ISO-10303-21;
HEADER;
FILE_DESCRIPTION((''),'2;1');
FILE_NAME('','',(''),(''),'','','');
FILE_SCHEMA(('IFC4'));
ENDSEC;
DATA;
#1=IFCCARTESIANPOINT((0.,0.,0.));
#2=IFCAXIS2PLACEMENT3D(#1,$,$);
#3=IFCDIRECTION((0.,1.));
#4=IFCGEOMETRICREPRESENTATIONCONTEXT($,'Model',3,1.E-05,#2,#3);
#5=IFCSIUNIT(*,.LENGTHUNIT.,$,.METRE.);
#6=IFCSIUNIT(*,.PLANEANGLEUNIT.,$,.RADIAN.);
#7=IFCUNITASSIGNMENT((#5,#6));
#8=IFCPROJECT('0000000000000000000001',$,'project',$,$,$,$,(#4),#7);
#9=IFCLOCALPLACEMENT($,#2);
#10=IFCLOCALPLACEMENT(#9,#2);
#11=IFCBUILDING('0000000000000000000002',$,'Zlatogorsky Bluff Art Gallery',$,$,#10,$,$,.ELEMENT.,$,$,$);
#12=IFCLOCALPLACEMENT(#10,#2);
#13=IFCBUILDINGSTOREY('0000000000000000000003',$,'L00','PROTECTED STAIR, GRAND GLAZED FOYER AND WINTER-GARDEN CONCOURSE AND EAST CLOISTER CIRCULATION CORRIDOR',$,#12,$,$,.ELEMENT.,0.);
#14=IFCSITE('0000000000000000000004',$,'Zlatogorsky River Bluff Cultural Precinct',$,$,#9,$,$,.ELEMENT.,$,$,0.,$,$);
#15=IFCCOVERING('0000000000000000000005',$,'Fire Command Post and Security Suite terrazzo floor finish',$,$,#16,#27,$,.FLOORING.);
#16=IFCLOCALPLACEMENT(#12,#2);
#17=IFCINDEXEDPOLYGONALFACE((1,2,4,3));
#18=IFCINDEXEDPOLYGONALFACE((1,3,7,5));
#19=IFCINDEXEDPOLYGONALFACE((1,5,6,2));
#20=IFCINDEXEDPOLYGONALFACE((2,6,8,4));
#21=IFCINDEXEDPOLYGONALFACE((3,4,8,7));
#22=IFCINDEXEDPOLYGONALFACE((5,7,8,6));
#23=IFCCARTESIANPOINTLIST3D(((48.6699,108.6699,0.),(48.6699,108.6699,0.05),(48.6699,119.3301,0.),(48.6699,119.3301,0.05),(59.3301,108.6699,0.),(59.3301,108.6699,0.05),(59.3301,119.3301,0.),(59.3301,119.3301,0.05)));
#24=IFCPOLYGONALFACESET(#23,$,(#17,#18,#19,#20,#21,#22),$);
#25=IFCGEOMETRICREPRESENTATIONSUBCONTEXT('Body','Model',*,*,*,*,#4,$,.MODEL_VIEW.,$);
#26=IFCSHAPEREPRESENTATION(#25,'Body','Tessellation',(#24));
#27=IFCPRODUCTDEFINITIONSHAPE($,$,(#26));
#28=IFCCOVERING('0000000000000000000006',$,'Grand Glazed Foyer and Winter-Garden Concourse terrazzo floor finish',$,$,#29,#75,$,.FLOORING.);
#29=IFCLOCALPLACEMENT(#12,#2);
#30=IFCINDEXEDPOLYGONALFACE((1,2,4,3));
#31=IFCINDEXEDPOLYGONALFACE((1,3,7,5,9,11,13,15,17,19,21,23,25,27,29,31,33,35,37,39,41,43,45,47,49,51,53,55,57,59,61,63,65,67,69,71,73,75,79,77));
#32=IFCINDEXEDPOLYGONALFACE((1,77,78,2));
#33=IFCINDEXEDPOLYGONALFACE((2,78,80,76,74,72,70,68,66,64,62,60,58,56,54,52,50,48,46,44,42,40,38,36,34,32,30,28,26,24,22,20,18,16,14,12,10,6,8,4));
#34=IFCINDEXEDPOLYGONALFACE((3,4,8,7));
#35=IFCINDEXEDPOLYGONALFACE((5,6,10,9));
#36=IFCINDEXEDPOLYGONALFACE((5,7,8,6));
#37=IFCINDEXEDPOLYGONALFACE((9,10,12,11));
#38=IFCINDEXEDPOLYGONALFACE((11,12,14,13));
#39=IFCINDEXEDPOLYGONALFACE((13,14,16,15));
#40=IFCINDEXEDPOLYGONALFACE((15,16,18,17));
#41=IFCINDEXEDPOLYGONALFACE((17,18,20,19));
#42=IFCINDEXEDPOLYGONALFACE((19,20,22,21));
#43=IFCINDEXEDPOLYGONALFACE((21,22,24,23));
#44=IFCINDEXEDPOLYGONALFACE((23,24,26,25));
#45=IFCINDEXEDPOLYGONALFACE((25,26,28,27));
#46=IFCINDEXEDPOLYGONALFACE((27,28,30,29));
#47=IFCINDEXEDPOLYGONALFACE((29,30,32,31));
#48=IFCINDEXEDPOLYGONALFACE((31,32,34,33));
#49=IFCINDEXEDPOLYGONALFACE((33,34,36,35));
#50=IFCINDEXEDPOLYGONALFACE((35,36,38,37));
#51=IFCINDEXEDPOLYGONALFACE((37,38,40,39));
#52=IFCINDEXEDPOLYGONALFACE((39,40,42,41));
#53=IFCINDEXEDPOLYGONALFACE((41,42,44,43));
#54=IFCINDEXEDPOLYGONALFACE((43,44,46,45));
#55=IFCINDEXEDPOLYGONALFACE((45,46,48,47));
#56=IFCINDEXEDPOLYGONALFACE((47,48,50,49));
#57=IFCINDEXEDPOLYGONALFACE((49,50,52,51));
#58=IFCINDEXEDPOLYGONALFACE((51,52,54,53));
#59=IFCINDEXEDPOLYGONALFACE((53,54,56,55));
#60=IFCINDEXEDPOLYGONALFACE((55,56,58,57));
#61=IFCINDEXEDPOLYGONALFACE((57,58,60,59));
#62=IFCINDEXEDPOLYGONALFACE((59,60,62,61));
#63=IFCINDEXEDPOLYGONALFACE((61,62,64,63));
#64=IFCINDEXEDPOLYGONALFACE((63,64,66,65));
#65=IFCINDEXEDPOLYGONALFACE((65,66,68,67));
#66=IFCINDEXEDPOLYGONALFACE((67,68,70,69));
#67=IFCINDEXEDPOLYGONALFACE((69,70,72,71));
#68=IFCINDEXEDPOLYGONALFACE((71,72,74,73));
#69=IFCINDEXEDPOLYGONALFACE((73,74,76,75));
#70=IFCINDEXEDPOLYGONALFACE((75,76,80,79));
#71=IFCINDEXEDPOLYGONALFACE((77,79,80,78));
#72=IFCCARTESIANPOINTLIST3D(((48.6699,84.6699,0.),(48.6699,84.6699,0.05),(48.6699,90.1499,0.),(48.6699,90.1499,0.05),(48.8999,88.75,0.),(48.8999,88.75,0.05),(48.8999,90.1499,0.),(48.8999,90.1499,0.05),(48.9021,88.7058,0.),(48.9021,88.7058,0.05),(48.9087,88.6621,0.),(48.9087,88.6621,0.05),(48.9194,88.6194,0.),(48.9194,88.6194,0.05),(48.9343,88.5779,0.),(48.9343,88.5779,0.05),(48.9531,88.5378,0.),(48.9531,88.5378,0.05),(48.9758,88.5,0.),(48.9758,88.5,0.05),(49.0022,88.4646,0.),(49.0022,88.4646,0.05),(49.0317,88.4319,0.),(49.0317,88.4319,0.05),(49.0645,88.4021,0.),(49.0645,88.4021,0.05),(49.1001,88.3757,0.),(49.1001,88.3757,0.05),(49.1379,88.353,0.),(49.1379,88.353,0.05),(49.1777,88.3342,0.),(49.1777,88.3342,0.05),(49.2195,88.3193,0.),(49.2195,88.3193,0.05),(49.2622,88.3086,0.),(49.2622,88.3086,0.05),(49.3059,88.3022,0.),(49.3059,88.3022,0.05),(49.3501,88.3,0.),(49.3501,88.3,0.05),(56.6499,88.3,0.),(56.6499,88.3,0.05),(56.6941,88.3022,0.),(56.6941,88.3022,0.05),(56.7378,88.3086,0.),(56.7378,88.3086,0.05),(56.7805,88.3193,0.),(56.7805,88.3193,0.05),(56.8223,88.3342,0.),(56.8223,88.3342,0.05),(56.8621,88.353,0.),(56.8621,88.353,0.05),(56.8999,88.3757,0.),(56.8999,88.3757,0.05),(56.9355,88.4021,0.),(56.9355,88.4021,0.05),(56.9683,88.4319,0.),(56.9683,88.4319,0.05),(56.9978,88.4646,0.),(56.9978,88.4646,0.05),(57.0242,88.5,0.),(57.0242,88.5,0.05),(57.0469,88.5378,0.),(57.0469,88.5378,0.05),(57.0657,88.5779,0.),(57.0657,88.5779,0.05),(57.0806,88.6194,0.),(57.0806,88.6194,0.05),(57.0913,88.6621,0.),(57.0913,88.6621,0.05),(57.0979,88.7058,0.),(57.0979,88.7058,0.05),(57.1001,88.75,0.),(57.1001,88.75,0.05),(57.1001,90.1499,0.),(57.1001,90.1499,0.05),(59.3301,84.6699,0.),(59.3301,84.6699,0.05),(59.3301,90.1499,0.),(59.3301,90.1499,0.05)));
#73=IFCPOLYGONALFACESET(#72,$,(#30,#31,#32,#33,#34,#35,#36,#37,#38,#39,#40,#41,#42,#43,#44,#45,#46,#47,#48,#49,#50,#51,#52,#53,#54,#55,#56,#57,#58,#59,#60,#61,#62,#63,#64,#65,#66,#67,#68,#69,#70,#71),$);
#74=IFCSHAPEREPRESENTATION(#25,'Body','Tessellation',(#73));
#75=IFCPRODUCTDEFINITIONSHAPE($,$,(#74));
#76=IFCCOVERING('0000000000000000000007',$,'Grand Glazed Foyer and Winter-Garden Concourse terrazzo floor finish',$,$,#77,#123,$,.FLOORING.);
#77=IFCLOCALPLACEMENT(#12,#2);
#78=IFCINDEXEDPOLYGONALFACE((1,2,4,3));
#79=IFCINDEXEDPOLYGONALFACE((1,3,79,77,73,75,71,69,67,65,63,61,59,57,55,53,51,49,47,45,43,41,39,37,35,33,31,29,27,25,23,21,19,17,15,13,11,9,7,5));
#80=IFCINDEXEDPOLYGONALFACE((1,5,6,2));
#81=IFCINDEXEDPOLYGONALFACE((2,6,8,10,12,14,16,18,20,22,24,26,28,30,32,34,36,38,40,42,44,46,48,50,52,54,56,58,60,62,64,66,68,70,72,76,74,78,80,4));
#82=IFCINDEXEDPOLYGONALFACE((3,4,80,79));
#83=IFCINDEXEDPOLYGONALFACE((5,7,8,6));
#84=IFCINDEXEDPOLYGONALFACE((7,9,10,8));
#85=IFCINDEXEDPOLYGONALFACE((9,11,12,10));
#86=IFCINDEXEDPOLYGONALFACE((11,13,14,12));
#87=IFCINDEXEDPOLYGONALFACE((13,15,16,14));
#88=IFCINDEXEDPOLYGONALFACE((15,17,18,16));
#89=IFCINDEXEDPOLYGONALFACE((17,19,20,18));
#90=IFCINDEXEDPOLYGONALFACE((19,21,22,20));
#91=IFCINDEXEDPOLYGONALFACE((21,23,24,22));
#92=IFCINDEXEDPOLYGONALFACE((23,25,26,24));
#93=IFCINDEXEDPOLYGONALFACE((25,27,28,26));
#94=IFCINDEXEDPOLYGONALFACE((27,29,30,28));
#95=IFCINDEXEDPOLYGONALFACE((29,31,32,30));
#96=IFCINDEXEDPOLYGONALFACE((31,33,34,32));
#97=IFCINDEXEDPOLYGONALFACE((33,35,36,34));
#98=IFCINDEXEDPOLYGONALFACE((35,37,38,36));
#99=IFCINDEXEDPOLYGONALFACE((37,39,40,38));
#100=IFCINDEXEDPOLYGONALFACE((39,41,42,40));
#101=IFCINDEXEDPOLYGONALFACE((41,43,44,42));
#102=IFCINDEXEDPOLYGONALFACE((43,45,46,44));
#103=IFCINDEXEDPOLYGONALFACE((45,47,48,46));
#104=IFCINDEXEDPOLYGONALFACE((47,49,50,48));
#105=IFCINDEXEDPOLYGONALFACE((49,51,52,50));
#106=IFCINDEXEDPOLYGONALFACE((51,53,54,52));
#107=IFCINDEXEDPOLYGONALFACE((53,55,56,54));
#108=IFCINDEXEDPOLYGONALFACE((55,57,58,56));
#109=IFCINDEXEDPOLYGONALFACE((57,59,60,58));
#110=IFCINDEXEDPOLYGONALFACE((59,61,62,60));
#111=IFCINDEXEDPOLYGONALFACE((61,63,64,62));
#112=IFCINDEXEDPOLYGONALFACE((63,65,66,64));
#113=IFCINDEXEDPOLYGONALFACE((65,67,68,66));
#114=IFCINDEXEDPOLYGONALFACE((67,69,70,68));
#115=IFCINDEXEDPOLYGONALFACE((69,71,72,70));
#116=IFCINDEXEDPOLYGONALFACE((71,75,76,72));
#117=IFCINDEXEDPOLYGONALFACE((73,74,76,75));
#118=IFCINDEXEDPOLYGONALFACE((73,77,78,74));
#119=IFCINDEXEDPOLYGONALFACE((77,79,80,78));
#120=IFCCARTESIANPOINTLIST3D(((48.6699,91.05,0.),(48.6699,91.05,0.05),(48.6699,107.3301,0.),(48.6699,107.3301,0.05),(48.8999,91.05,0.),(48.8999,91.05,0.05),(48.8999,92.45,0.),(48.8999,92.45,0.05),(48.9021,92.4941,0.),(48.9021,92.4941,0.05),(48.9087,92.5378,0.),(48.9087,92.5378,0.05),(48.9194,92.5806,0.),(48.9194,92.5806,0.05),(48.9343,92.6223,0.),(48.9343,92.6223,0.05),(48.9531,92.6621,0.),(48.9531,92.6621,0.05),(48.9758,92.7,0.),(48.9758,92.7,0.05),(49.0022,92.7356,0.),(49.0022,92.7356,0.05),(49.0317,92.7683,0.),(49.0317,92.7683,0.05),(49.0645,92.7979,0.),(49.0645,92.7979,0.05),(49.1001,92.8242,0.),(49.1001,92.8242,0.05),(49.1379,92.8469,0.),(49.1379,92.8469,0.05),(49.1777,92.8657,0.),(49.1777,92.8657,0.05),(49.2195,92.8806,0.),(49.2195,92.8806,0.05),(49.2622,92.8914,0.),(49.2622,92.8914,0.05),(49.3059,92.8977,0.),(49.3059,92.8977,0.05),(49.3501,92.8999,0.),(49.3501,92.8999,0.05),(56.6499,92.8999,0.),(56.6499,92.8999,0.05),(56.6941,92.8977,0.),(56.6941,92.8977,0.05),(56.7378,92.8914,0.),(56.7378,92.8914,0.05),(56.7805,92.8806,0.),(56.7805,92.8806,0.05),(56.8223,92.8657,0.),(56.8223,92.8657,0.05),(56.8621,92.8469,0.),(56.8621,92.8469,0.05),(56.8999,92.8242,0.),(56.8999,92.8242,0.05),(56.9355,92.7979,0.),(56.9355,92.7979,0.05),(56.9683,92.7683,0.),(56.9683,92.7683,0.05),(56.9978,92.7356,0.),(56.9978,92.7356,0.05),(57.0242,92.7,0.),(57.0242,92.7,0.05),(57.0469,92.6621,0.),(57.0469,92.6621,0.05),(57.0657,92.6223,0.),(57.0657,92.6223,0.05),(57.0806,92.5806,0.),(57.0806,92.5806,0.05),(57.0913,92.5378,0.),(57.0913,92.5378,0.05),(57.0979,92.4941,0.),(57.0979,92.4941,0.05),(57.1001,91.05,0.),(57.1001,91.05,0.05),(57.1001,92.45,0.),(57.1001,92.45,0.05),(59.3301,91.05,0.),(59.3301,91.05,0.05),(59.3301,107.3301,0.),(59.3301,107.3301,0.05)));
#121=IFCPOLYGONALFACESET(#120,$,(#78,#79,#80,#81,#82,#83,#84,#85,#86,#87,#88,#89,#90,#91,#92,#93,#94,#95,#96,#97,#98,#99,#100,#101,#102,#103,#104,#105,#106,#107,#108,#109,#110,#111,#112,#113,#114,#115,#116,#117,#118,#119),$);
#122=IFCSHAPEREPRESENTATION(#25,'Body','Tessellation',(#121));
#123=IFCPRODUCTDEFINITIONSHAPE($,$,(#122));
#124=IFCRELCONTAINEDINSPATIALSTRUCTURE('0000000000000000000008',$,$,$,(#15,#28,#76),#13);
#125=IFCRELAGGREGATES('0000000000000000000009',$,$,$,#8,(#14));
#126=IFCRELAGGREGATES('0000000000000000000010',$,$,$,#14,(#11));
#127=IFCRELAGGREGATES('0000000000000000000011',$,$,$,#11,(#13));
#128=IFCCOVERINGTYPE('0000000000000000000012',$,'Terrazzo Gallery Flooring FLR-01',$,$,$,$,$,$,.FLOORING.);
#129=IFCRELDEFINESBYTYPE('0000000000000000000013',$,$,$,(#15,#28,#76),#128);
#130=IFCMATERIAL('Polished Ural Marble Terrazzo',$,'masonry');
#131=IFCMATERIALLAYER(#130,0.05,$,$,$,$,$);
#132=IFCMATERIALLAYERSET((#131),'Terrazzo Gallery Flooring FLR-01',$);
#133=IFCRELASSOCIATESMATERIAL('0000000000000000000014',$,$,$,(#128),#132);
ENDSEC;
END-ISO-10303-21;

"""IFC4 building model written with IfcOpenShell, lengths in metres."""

from ifc_helpers import new_model, si_unit, direction, origin, place, context, subcontext, project, spatial, polyline, outline, extrude, material, layer, layer_set, type_object, element, save


model = new_model("IFC4")

# Units and contexts
model_context = context("Model", 3, precision=1e-05, world=origin(), true_north=direction((0.0, 1.0)))
body_context = subcontext(model_context, "Body", "Model", "MODEL_VIEW")
ifc_project = project(units=[si_unit("LENGTHUNIT", "METRE"), si_unit("PLANEANGLEUNIT", "RADIAN")], contexts=[model_context])

# Site, building, storey
site_placement = place(None, origin())
site = spatial("IfcSite", under=ifc_project, at=site_placement, Name="Zlatogorsky River Bluff Cultural Precinct", CompositionType="ELEMENT", RefElevation=0.0)
building_placement = place(site_placement, origin())
building = spatial("IfcBuilding", under=site, at=building_placement, Name="Zlatogorsky Bluff Art Gallery", CompositionType="ELEMENT")
storey_placement = place(building_placement, origin())
storey = spatial("IfcBuildingStorey", under=building, at=storey_placement, Name="L00", Description="PROTECTED STAIR, GRAND GLAZED FOYER AND WINTER-GARDEN CONCOURSE AND EAST CLOISTER CIRCULATION CORRIDOR", CompositionType="ELEMENT", Elevation=0.0)

# Coverings
ifc_material_1 = material(Name="Polished Ural Marble Terrazzo", Category="masonry")
ifc_layer_1 = layer(ifc_material_1, 0.05)
ifc_layer_set_1 = layer_set([ifc_layer_1], Name="Terrazzo Gallery Flooring FLR-01")
covering_type_1 = type_object("IfcCoveringType", Name="Terrazzo Gallery Flooring FLR-01", PredefinedType="FLOORING", material=ifc_layer_set_1)
covering_1_placement = place(storey_placement, origin())
element("IfcCovering", 1, at=covering_1_placement, inside=storey, type_object=covering_type_1, Name="Fire Command Post and Security Suite terrazzo floor finish", PredefinedType="FLOORING", context=body_context, shape_type="SweptSolid", body=[
    extrude(outline(polyline([(59.3301, 119.3301), (59.3301, 108.6699), (48.6699, 108.6699), (48.6699, 119.3301), (59.3301, 119.3301)])), origin(), (0.0, 0.0, 1.0), 0.05),
])
covering_2_placement = place(storey_placement, origin())
element("IfcCovering", 2, at=covering_2_placement, inside=storey, type_object=covering_type_1, Name="Grand Glazed Foyer and Winter-Garden Concourse terrazzo floor finish", PredefinedType="FLOORING", context=body_context, shape_type="SweptSolid", body=[
    extrude(outline(polyline([(48.6699, 84.6699), (48.6699, 90.1499), (48.8999, 90.1499), (48.8999, 88.75), (48.9021, 88.7058), (48.9087, 88.6621), (48.9194, 88.6194), (48.9343, 88.5779), (48.9531, 88.5378), (48.9758, 88.5), (49.0022, 88.4646), (49.0317, 88.4319), (49.0645, 88.4021), (49.1001, 88.3757), (49.1379, 88.353), (49.1777, 88.3342), (49.2195, 88.3193), (49.2622, 88.3086), (49.3059, 88.3022), (49.3501, 88.3), (56.6499, 88.3), (56.6941, 88.3022), (56.7378, 88.3086), (56.7805, 88.3193), (56.8223, 88.3342), (56.8621, 88.353), (56.8999, 88.3757), (56.9355, 88.4021), (56.9683, 88.4319), (56.9978, 88.4646), (57.0242, 88.5), (57.0469, 88.5378), (57.0657, 88.5779), (57.0806, 88.6194), (57.0913, 88.6621), (57.0979, 88.7058), (57.1001, 88.75), (57.1001, 90.1499), (59.3301, 90.1499), (59.3301, 84.6699), (48.6699, 84.6699)])), origin(), (0.0, 0.0, 1.0), 0.05),
])
covering_3_placement = place(storey_placement, origin())
element("IfcCovering", 3, at=covering_3_placement, inside=storey, type_object=covering_type_1, Name="Grand Glazed Foyer and Winter-Garden Concourse terrazzo floor finish", PredefinedType="FLOORING", context=body_context, shape_type="SweptSolid", body=[
    extrude(outline(polyline([(59.3301, 91.05), (57.1001, 91.05), (57.1001, 92.45), (57.0979, 92.4941), (57.0913, 92.5378), (57.0806, 92.5806), (57.0657, 92.6223), (57.0469, 92.6621), (57.0242, 92.7), (56.9978, 92.7356), (56.9683, 92.7683), (56.9355, 92.7979), (56.8999, 92.8242), (56.8621, 92.8469), (56.8223, 92.8657), (56.7805, 92.8806), (56.7378, 92.8914), (56.6941, 92.8977), (56.6499, 92.8999), (49.3501, 92.8999), (49.3059, 92.8977), (49.2622, 92.8914), (49.2195, 92.8806), (49.1777, 92.8657), (49.1379, 92.8469), (49.1001, 92.8242), (49.0645, 92.7979), (49.0317, 92.7683), (49.0022, 92.7356), (48.9758, 92.7), (48.9531, 92.6621), (48.9343, 92.6223), (48.9194, 92.5806), (48.9087, 92.5378), (48.9021, 92.4941), (48.8999, 92.45), (48.8999, 91.05), (48.6699, 91.05), (48.6699, 107.3301), (59.3301, 107.3301), (59.3301, 91.05)])), origin(), (0.0, 0.0, 1.0), 0.05),
])

save(model, "model.ifc")
